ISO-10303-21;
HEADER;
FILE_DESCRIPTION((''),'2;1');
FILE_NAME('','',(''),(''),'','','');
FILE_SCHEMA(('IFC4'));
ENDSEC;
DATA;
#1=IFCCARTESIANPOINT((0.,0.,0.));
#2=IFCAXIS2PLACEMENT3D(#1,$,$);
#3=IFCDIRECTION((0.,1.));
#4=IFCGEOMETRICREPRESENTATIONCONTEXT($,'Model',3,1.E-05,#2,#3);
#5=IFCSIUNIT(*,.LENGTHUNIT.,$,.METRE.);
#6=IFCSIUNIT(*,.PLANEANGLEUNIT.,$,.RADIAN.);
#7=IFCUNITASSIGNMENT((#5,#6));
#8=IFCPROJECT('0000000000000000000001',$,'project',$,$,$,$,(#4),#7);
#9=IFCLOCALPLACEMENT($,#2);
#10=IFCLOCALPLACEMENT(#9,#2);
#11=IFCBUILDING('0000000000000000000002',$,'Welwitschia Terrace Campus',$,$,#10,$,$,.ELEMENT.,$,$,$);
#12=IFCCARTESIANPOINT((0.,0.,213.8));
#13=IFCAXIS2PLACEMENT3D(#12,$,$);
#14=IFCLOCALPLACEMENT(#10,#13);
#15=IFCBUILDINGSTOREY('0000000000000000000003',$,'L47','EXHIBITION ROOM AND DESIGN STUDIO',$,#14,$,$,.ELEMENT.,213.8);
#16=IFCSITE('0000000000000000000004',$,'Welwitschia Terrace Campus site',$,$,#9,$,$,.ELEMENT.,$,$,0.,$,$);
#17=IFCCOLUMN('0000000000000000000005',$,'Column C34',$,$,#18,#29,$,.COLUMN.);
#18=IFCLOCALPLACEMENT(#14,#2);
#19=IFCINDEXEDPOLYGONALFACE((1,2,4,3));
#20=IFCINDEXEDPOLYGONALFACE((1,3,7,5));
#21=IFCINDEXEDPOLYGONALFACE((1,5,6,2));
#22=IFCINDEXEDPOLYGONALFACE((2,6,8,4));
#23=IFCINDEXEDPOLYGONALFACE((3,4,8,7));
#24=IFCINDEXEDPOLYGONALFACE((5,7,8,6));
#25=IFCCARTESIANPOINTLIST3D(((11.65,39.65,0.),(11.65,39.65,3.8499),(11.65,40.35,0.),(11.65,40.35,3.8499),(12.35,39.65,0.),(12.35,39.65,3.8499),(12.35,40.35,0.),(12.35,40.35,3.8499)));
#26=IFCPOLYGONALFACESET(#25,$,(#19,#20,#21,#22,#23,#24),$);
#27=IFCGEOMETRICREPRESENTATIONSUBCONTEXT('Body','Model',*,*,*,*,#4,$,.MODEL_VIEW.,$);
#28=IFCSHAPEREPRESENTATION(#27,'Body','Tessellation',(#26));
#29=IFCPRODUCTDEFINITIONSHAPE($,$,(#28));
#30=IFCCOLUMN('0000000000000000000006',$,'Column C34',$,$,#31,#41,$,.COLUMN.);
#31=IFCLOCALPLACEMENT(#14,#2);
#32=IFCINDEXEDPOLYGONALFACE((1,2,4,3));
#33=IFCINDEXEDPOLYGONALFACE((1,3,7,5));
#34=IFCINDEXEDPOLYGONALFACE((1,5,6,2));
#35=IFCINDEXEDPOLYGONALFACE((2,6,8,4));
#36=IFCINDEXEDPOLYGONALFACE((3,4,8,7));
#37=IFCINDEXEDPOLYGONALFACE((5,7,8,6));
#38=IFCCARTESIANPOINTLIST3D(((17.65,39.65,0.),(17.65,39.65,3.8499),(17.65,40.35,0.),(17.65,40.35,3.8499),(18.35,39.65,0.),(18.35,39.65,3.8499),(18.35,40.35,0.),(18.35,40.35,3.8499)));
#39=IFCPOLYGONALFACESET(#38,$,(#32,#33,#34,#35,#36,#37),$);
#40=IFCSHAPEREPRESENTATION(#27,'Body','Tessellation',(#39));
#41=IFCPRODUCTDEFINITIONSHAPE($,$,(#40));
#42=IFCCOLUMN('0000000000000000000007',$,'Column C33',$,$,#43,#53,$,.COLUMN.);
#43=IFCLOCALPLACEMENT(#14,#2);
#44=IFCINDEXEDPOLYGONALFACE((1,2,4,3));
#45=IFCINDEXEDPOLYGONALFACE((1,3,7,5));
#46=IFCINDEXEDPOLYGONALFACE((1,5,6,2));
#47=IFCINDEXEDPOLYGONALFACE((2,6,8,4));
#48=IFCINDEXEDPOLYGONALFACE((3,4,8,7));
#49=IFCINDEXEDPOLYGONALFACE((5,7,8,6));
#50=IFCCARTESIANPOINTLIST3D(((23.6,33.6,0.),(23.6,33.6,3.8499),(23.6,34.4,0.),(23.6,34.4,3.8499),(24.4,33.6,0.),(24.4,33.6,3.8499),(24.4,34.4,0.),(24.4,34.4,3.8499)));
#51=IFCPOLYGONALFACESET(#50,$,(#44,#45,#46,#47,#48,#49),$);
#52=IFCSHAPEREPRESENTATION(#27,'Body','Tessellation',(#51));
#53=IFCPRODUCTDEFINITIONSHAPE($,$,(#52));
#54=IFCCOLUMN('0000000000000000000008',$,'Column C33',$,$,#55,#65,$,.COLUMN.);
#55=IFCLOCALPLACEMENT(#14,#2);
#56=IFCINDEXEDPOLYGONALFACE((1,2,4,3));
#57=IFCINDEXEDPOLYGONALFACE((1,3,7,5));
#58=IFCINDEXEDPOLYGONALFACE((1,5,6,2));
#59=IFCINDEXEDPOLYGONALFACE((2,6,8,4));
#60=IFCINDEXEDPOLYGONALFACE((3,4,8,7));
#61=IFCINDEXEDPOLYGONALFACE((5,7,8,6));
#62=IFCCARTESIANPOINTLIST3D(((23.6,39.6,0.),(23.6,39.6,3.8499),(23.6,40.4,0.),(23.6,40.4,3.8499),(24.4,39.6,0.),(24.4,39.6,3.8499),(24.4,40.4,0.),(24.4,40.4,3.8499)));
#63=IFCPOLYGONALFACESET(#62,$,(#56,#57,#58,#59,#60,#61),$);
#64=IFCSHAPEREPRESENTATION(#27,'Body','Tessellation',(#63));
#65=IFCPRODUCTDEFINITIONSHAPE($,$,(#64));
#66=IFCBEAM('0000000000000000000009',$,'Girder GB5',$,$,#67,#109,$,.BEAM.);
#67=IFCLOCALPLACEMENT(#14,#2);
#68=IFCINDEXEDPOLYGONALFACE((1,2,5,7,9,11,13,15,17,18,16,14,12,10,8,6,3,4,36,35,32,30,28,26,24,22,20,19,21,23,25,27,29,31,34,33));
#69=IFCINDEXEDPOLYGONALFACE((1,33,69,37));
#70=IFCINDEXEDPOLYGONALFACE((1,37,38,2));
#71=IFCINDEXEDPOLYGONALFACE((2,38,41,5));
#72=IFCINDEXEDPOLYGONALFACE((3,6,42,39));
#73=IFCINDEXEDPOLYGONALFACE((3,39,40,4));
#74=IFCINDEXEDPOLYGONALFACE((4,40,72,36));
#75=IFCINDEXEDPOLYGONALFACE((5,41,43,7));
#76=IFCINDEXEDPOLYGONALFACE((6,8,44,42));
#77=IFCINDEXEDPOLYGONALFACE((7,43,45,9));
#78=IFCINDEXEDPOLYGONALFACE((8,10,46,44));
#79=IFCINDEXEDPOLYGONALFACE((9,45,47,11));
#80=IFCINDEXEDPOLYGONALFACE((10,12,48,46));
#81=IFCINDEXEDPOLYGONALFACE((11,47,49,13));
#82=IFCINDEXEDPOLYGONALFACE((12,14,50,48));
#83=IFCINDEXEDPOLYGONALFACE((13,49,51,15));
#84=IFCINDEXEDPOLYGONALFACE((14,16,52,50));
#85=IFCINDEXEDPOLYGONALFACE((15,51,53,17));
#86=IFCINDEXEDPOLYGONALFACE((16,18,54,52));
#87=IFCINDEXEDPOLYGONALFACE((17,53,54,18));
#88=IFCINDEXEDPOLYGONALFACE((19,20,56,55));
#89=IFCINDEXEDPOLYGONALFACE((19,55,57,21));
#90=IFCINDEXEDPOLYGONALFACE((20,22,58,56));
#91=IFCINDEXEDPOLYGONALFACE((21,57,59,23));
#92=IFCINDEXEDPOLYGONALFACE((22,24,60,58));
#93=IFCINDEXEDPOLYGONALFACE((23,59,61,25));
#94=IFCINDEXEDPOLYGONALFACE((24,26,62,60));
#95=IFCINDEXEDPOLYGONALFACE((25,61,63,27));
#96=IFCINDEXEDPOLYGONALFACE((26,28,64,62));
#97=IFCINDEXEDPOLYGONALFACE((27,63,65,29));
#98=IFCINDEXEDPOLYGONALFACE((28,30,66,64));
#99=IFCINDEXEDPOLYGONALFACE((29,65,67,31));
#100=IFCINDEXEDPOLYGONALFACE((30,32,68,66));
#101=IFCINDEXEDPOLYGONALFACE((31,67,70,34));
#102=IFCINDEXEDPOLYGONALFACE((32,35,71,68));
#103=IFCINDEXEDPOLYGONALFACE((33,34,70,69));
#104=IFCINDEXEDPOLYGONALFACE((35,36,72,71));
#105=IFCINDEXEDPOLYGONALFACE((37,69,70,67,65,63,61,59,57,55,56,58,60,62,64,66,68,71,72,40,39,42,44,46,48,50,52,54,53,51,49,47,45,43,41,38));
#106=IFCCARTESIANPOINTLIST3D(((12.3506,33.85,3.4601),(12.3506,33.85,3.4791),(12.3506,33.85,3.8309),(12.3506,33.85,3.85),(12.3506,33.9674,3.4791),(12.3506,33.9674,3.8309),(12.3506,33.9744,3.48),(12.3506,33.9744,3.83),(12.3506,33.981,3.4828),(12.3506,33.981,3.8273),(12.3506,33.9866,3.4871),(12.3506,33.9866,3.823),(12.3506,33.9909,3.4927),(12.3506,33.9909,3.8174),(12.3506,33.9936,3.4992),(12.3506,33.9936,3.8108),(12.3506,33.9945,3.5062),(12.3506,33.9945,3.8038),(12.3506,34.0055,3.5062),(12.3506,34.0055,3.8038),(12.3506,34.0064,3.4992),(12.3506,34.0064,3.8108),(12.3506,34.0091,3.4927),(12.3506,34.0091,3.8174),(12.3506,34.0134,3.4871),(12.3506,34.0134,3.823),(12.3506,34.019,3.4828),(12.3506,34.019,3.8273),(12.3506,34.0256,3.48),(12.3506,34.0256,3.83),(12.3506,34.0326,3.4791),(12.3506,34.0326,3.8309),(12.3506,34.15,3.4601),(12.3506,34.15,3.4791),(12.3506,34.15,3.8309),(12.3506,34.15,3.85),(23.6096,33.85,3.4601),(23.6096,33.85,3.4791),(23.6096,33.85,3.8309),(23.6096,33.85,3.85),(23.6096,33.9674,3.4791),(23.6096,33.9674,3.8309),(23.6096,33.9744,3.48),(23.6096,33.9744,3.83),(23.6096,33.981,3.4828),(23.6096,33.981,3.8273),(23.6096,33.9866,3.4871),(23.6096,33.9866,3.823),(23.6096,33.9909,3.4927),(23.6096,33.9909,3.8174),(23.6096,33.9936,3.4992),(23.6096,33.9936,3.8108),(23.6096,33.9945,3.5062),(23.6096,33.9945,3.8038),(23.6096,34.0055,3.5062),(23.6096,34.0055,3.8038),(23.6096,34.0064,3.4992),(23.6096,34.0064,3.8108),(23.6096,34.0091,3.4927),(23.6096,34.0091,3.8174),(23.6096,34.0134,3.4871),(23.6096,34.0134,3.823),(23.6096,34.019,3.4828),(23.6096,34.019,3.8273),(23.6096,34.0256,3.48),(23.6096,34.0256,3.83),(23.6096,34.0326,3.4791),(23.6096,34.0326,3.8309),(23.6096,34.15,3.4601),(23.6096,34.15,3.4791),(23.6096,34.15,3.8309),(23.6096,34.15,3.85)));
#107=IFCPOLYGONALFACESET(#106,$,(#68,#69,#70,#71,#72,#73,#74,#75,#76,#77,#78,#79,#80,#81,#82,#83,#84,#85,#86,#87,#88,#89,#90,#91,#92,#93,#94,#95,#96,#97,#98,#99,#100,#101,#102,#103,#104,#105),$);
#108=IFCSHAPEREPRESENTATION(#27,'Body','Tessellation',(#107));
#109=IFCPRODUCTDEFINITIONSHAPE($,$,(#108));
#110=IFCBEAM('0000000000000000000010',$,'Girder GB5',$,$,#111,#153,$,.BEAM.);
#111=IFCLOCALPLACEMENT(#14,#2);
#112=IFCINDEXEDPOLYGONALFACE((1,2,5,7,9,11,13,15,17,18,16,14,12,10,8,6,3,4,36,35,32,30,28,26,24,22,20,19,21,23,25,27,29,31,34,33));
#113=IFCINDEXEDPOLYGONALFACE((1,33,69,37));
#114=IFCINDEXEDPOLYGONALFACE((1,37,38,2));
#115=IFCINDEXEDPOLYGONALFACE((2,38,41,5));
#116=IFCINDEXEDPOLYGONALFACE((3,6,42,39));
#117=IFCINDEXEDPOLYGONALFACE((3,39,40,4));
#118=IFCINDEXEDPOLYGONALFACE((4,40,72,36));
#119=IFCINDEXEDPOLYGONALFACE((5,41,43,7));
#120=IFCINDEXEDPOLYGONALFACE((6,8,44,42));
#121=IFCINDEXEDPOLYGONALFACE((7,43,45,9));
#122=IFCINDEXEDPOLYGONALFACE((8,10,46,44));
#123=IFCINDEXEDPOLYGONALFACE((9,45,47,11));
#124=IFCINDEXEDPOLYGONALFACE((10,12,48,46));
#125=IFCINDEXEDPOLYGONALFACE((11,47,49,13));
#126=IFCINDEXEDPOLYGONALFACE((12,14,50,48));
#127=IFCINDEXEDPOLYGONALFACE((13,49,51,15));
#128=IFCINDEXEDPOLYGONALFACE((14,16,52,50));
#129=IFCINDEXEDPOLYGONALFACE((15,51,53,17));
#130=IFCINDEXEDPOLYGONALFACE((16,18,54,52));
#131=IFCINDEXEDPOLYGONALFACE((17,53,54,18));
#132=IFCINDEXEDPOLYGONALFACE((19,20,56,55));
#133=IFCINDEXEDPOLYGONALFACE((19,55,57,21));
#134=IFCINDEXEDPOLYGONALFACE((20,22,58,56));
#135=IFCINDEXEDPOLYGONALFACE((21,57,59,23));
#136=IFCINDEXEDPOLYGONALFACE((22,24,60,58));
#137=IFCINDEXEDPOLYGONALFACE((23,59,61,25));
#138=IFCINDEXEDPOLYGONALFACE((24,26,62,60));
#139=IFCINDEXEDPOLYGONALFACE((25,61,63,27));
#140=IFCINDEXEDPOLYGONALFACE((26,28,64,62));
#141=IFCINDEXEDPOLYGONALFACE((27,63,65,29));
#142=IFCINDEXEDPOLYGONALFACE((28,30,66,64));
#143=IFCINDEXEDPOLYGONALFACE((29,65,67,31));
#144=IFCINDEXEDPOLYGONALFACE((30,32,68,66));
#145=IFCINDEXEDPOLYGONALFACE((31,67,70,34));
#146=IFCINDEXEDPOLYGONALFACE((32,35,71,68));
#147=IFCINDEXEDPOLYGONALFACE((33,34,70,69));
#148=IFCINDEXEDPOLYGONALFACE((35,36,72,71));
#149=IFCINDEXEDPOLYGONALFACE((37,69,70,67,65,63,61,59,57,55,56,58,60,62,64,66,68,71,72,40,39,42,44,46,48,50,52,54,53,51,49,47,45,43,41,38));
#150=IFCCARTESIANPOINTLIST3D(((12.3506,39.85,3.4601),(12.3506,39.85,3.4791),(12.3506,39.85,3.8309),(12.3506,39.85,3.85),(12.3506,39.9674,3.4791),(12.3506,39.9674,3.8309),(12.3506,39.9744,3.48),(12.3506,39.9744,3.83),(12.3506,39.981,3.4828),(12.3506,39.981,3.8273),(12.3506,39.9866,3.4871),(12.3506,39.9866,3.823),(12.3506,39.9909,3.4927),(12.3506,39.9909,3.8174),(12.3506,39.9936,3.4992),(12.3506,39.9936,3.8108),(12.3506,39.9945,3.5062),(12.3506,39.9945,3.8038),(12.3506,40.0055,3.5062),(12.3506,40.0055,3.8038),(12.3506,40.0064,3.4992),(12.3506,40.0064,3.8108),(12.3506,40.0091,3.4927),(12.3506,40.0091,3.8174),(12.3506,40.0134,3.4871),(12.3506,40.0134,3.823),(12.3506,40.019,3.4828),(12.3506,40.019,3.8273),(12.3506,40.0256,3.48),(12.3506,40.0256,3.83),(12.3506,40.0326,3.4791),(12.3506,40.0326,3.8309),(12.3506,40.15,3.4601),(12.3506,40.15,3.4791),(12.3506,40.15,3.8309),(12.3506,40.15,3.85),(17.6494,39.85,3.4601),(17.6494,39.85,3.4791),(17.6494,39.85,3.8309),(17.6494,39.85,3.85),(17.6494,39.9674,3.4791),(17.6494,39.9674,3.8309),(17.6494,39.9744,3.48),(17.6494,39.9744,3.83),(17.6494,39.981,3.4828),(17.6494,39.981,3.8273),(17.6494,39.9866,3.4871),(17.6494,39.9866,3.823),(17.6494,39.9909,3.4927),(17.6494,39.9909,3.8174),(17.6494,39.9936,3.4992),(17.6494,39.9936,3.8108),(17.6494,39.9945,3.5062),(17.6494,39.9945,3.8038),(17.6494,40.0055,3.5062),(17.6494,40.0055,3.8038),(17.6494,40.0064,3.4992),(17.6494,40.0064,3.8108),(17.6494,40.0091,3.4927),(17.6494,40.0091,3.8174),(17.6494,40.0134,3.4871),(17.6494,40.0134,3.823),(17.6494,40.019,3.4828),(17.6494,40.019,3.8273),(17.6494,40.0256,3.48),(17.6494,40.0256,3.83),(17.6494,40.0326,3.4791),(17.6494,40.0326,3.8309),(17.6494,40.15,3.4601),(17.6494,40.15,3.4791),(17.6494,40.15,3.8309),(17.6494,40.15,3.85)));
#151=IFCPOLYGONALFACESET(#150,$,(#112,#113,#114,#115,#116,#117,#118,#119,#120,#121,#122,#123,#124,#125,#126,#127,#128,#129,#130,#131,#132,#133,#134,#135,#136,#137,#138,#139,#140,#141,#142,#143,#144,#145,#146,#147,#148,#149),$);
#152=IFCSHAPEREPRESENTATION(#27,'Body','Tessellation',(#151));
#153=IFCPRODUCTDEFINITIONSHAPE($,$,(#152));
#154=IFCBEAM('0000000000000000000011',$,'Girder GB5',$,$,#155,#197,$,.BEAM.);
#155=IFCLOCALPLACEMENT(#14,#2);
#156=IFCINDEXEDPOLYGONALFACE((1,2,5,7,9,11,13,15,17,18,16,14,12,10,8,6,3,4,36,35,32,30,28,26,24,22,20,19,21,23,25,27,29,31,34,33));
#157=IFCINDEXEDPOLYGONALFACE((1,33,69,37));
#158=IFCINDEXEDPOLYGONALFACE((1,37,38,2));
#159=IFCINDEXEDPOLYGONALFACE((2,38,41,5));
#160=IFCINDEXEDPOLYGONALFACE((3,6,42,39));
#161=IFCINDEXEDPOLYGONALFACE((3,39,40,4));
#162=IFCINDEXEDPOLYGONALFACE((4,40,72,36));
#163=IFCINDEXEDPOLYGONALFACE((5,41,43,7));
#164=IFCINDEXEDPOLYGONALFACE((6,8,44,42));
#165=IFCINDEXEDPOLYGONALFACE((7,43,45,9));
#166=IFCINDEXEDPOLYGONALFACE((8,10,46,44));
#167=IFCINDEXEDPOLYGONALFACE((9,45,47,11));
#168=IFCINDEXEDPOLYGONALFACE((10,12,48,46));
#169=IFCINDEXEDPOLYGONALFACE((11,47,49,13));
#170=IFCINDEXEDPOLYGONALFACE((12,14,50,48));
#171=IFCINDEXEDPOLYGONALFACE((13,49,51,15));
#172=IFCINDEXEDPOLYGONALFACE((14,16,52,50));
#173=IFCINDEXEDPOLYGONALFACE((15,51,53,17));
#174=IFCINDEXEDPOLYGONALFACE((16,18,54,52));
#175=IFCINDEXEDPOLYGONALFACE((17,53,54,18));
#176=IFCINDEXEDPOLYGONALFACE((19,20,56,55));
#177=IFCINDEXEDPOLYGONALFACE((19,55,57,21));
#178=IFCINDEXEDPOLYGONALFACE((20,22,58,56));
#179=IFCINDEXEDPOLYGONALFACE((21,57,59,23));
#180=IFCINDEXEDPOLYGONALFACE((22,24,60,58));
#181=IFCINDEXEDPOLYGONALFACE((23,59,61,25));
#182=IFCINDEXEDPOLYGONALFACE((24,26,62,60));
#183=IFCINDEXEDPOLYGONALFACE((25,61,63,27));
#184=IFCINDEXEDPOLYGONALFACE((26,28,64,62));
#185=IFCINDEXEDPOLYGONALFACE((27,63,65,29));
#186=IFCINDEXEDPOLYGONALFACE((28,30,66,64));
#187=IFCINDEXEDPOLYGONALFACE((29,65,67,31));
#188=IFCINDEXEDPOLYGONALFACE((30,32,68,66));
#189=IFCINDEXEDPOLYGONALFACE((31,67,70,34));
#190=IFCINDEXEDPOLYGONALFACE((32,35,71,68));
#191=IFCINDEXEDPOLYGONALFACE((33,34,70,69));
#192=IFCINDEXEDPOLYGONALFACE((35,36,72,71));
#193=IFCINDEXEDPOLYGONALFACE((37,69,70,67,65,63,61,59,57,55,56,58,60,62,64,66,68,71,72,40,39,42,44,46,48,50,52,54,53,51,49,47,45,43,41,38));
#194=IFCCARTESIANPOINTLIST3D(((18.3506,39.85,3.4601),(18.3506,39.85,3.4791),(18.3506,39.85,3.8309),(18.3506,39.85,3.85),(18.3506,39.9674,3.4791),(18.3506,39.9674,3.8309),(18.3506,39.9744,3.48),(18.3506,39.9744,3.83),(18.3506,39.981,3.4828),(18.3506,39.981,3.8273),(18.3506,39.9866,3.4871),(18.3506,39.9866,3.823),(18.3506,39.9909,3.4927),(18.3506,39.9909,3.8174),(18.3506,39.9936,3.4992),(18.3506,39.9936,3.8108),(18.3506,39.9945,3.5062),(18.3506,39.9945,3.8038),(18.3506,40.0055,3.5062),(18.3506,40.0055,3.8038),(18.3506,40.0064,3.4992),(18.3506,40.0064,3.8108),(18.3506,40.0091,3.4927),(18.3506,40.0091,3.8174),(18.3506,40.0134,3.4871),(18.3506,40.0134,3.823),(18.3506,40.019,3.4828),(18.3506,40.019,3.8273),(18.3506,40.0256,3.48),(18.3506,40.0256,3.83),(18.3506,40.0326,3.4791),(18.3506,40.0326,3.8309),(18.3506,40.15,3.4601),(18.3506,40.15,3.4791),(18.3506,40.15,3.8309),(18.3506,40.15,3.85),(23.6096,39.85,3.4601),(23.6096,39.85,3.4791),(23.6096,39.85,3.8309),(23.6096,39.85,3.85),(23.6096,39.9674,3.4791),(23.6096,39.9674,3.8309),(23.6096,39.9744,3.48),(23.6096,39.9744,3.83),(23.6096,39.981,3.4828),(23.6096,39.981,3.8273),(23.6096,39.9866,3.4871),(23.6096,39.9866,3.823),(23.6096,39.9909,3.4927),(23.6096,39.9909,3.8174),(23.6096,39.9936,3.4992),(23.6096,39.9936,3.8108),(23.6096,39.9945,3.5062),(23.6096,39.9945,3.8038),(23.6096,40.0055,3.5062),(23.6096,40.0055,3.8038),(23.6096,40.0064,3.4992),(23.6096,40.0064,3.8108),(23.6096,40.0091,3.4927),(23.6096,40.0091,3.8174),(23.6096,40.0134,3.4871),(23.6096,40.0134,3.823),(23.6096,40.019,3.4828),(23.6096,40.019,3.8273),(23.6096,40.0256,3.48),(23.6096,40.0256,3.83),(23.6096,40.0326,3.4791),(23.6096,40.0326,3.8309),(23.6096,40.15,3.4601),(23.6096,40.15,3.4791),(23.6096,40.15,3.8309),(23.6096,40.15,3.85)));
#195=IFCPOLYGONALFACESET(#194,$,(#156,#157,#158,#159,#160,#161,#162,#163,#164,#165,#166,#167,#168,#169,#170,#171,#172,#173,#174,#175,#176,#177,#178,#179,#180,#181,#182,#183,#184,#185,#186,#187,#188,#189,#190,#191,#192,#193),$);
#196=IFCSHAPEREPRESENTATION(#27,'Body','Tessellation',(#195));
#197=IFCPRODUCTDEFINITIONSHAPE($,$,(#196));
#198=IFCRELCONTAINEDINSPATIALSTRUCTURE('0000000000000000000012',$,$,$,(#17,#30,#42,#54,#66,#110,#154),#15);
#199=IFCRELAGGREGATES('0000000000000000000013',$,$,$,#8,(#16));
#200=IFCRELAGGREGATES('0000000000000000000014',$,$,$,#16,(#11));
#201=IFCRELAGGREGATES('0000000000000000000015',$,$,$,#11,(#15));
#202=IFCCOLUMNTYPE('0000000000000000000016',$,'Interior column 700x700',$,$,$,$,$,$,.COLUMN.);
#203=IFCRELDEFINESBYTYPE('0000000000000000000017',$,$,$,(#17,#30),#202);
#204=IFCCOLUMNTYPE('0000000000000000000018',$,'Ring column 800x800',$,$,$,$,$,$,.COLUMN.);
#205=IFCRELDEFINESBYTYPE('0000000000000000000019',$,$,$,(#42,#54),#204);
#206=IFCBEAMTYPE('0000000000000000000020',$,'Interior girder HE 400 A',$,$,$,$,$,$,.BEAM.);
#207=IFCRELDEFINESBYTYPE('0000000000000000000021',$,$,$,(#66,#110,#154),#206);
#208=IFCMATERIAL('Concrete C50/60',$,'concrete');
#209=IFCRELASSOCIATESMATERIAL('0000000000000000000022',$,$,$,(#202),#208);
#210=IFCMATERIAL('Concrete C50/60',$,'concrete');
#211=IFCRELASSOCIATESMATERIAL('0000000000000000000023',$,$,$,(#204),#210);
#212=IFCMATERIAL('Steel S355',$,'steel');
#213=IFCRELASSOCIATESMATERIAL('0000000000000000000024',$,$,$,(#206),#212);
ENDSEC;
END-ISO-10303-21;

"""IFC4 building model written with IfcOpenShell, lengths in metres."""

from ifc_helpers import new_model, si_unit, direction, frame, origin, origin_2d, place, context, subcontext, project, spatial, rectangle, i_section, extrude, material, material_profile, profile_set, type_object, element, save


model = new_model("IFC4")

# Units and contexts
model_context = context("Model", 3, precision=1e-05, world=origin(), true_north=direction((0.0, 1.0)))
body_context = subcontext(model_context, "Body", "Model", "MODEL_VIEW")
ifc_project = project(units=[si_unit("LENGTHUNIT", "METRE"), si_unit("PLANEANGLEUNIT", "RADIAN")], contexts=[model_context])

# Site, building, storey
site_placement = place(None, origin())
site = spatial("IfcSite", under=ifc_project, at=site_placement, Name="Welwitschia Terrace Campus site", CompositionType="ELEMENT", RefElevation=0.0)
building_placement = place(site_placement, origin())
building = spatial("IfcBuilding", under=site, at=building_placement, Name="Welwitschia Terrace Campus", CompositionType="ELEMENT")
storey_placement = place(building_placement, frame((0.0, 0.0, 213.8)))
storey = spatial("IfcBuildingStorey", under=building, at=storey_placement, Name="L47", Description="EXHIBITION ROOM AND DESIGN STUDIO", CompositionType="ELEMENT", Elevation=213.8)

# Columns
ifc_material_1 = material(Name="Concrete C50/60", Category="concrete")
ifc_material_profile_1 = material_profile(ifc_material_1, rectangle(XDim=0.7, YDim=0.7, at=origin_2d()))
ifc_profile_set_1 = profile_set([ifc_material_profile_1], Name="Concrete C50/60")
column_type_1 = type_object("IfcColumnType", Name="Interior column 700x700", PredefinedType="COLUMN", material=ifc_profile_set_1)
for number, where, z_axis, x_axis, name in (
    (1, (12.0, 40.0, 0.0), (0.0, 0.0, 1.0), (1.0, 0.0, 0.0), "Column C34"),
    (2, (18.0, 40.0, 0.0), (0.0, 0.0, 1.0), (1.0, 0.0, 0.0), "Column C34"),
):
    element("IfcColumn", number, at=place(storey_placement, frame(where, z_axis=z_axis, x_axis=x_axis)), inside=storey, type_object=column_type_1, Name=name, PredefinedType="COLUMN", context=body_context, shape_type="SweptSolid", body=[
        extrude(rectangle(XDim=0.7, YDim=0.7, at=origin_2d()), origin(), (0.0, 0.0, 1.0), 3.8499),
    ])
ifc_material_2 = material(Name="Concrete C50/60", Category="concrete")
ifc_material_profile_2 = material_profile(ifc_material_2, rectangle(XDim=0.8, YDim=0.8, at=origin_2d()))
ifc_profile_set_2 = profile_set([ifc_material_profile_2], Name="Concrete C50/60")
column_type_2 = type_object("IfcColumnType", Name="Ring column 800x800", PredefinedType="COLUMN", material=ifc_profile_set_2)
for number, where, z_axis, x_axis, name in (
    (3, (24.0, 34.0, 0.0), (0.0, 0.0, 1.0), (1.0, 0.0, 0.0), "Column C33"),
    (4, (24.0, 40.0, 0.0), (0.0, 0.0, 1.0), (1.0, 0.0, 0.0), "Column C33"),
):
    element("IfcColumn", number, at=place(storey_placement, frame(where, z_axis=z_axis, x_axis=x_axis)), inside=storey, type_object=column_type_2, Name=name, PredefinedType="COLUMN", context=body_context, shape_type="SweptSolid", body=[
        extrude(rectangle(XDim=0.8, YDim=0.8, at=origin_2d()), origin(), (0.0, 0.0, 1.0), 3.8499),
    ])

# Beams
ifc_material_3 = material(Name="Steel S355", Category="steel")
ifc_material_profile_3 = material_profile(ifc_material_3, i_section(OverallWidth=0.3, OverallDepth=0.3899, WebThickness=0.011, FlangeThickness=0.019, FilletRadius=0.0271, at=origin_2d()))
ifc_profile_set_3 = profile_set([ifc_material_profile_3], Name="Steel S355")
beam_type_1 = type_object("IfcBeamType", Name="Interior girder HE 400 A", PredefinedType="BEAM", material=ifc_profile_set_3)
beam_1_placement = place(storey_placement, frame((12.3506, 34.0, 3.655), z_axis=(1.0, 0.0, 0.0), x_axis=(0.0, 1.0, 0.0)))
element("IfcBeam", 5, at=beam_1_placement, inside=storey, type_object=beam_type_1, Name="Girder GB5", PredefinedType="BEAM", context=body_context, shape_type="SweptSolid", body=[
    extrude(i_section(OverallWidth=0.3, OverallDepth=0.3899, WebThickness=0.011, FlangeThickness=0.019, FilletRadius=0.0271, at=origin_2d()), origin(), (0.0, 0.0, 1.0), 11.259),
])
beam_2_placement = place(storey_placement, frame((12.3506, 40.0, 3.655), z_axis=(1.0, 0.0, 0.0), x_axis=(0.0, 1.0, 0.0)))
element("IfcBeam", 6, at=beam_2_placement, inside=storey, type_object=beam_type_1, Name="Girder GB5", PredefinedType="BEAM", context=body_context, shape_type="SweptSolid", body=[
    extrude(i_section(OverallWidth=0.3, OverallDepth=0.3899, WebThickness=0.011, FlangeThickness=0.019, FilletRadius=0.0271, at=origin_2d()), origin(), (0.0, 0.0, 1.0), 5.2988),
])
beam_3_placement = place(storey_placement, frame((18.3506, 40.0, 3.655), z_axis=(1.0, 0.0, 0.0), x_axis=(0.0, 1.0, 0.0)))
element("IfcBeam", 7, at=beam_3_placement, inside=storey, type_object=beam_type_1, Name="Girder GB5", PredefinedType="BEAM", context=body_context, shape_type="SweptSolid", body=[
    extrude(i_section(OverallWidth=0.3, OverallDepth=0.3899, WebThickness=0.011, FlangeThickness=0.019, FilletRadius=0.0271, at=origin_2d()), origin(), (0.0, 0.0, 1.0), 5.259),
])

save(model, "model.ifc")
